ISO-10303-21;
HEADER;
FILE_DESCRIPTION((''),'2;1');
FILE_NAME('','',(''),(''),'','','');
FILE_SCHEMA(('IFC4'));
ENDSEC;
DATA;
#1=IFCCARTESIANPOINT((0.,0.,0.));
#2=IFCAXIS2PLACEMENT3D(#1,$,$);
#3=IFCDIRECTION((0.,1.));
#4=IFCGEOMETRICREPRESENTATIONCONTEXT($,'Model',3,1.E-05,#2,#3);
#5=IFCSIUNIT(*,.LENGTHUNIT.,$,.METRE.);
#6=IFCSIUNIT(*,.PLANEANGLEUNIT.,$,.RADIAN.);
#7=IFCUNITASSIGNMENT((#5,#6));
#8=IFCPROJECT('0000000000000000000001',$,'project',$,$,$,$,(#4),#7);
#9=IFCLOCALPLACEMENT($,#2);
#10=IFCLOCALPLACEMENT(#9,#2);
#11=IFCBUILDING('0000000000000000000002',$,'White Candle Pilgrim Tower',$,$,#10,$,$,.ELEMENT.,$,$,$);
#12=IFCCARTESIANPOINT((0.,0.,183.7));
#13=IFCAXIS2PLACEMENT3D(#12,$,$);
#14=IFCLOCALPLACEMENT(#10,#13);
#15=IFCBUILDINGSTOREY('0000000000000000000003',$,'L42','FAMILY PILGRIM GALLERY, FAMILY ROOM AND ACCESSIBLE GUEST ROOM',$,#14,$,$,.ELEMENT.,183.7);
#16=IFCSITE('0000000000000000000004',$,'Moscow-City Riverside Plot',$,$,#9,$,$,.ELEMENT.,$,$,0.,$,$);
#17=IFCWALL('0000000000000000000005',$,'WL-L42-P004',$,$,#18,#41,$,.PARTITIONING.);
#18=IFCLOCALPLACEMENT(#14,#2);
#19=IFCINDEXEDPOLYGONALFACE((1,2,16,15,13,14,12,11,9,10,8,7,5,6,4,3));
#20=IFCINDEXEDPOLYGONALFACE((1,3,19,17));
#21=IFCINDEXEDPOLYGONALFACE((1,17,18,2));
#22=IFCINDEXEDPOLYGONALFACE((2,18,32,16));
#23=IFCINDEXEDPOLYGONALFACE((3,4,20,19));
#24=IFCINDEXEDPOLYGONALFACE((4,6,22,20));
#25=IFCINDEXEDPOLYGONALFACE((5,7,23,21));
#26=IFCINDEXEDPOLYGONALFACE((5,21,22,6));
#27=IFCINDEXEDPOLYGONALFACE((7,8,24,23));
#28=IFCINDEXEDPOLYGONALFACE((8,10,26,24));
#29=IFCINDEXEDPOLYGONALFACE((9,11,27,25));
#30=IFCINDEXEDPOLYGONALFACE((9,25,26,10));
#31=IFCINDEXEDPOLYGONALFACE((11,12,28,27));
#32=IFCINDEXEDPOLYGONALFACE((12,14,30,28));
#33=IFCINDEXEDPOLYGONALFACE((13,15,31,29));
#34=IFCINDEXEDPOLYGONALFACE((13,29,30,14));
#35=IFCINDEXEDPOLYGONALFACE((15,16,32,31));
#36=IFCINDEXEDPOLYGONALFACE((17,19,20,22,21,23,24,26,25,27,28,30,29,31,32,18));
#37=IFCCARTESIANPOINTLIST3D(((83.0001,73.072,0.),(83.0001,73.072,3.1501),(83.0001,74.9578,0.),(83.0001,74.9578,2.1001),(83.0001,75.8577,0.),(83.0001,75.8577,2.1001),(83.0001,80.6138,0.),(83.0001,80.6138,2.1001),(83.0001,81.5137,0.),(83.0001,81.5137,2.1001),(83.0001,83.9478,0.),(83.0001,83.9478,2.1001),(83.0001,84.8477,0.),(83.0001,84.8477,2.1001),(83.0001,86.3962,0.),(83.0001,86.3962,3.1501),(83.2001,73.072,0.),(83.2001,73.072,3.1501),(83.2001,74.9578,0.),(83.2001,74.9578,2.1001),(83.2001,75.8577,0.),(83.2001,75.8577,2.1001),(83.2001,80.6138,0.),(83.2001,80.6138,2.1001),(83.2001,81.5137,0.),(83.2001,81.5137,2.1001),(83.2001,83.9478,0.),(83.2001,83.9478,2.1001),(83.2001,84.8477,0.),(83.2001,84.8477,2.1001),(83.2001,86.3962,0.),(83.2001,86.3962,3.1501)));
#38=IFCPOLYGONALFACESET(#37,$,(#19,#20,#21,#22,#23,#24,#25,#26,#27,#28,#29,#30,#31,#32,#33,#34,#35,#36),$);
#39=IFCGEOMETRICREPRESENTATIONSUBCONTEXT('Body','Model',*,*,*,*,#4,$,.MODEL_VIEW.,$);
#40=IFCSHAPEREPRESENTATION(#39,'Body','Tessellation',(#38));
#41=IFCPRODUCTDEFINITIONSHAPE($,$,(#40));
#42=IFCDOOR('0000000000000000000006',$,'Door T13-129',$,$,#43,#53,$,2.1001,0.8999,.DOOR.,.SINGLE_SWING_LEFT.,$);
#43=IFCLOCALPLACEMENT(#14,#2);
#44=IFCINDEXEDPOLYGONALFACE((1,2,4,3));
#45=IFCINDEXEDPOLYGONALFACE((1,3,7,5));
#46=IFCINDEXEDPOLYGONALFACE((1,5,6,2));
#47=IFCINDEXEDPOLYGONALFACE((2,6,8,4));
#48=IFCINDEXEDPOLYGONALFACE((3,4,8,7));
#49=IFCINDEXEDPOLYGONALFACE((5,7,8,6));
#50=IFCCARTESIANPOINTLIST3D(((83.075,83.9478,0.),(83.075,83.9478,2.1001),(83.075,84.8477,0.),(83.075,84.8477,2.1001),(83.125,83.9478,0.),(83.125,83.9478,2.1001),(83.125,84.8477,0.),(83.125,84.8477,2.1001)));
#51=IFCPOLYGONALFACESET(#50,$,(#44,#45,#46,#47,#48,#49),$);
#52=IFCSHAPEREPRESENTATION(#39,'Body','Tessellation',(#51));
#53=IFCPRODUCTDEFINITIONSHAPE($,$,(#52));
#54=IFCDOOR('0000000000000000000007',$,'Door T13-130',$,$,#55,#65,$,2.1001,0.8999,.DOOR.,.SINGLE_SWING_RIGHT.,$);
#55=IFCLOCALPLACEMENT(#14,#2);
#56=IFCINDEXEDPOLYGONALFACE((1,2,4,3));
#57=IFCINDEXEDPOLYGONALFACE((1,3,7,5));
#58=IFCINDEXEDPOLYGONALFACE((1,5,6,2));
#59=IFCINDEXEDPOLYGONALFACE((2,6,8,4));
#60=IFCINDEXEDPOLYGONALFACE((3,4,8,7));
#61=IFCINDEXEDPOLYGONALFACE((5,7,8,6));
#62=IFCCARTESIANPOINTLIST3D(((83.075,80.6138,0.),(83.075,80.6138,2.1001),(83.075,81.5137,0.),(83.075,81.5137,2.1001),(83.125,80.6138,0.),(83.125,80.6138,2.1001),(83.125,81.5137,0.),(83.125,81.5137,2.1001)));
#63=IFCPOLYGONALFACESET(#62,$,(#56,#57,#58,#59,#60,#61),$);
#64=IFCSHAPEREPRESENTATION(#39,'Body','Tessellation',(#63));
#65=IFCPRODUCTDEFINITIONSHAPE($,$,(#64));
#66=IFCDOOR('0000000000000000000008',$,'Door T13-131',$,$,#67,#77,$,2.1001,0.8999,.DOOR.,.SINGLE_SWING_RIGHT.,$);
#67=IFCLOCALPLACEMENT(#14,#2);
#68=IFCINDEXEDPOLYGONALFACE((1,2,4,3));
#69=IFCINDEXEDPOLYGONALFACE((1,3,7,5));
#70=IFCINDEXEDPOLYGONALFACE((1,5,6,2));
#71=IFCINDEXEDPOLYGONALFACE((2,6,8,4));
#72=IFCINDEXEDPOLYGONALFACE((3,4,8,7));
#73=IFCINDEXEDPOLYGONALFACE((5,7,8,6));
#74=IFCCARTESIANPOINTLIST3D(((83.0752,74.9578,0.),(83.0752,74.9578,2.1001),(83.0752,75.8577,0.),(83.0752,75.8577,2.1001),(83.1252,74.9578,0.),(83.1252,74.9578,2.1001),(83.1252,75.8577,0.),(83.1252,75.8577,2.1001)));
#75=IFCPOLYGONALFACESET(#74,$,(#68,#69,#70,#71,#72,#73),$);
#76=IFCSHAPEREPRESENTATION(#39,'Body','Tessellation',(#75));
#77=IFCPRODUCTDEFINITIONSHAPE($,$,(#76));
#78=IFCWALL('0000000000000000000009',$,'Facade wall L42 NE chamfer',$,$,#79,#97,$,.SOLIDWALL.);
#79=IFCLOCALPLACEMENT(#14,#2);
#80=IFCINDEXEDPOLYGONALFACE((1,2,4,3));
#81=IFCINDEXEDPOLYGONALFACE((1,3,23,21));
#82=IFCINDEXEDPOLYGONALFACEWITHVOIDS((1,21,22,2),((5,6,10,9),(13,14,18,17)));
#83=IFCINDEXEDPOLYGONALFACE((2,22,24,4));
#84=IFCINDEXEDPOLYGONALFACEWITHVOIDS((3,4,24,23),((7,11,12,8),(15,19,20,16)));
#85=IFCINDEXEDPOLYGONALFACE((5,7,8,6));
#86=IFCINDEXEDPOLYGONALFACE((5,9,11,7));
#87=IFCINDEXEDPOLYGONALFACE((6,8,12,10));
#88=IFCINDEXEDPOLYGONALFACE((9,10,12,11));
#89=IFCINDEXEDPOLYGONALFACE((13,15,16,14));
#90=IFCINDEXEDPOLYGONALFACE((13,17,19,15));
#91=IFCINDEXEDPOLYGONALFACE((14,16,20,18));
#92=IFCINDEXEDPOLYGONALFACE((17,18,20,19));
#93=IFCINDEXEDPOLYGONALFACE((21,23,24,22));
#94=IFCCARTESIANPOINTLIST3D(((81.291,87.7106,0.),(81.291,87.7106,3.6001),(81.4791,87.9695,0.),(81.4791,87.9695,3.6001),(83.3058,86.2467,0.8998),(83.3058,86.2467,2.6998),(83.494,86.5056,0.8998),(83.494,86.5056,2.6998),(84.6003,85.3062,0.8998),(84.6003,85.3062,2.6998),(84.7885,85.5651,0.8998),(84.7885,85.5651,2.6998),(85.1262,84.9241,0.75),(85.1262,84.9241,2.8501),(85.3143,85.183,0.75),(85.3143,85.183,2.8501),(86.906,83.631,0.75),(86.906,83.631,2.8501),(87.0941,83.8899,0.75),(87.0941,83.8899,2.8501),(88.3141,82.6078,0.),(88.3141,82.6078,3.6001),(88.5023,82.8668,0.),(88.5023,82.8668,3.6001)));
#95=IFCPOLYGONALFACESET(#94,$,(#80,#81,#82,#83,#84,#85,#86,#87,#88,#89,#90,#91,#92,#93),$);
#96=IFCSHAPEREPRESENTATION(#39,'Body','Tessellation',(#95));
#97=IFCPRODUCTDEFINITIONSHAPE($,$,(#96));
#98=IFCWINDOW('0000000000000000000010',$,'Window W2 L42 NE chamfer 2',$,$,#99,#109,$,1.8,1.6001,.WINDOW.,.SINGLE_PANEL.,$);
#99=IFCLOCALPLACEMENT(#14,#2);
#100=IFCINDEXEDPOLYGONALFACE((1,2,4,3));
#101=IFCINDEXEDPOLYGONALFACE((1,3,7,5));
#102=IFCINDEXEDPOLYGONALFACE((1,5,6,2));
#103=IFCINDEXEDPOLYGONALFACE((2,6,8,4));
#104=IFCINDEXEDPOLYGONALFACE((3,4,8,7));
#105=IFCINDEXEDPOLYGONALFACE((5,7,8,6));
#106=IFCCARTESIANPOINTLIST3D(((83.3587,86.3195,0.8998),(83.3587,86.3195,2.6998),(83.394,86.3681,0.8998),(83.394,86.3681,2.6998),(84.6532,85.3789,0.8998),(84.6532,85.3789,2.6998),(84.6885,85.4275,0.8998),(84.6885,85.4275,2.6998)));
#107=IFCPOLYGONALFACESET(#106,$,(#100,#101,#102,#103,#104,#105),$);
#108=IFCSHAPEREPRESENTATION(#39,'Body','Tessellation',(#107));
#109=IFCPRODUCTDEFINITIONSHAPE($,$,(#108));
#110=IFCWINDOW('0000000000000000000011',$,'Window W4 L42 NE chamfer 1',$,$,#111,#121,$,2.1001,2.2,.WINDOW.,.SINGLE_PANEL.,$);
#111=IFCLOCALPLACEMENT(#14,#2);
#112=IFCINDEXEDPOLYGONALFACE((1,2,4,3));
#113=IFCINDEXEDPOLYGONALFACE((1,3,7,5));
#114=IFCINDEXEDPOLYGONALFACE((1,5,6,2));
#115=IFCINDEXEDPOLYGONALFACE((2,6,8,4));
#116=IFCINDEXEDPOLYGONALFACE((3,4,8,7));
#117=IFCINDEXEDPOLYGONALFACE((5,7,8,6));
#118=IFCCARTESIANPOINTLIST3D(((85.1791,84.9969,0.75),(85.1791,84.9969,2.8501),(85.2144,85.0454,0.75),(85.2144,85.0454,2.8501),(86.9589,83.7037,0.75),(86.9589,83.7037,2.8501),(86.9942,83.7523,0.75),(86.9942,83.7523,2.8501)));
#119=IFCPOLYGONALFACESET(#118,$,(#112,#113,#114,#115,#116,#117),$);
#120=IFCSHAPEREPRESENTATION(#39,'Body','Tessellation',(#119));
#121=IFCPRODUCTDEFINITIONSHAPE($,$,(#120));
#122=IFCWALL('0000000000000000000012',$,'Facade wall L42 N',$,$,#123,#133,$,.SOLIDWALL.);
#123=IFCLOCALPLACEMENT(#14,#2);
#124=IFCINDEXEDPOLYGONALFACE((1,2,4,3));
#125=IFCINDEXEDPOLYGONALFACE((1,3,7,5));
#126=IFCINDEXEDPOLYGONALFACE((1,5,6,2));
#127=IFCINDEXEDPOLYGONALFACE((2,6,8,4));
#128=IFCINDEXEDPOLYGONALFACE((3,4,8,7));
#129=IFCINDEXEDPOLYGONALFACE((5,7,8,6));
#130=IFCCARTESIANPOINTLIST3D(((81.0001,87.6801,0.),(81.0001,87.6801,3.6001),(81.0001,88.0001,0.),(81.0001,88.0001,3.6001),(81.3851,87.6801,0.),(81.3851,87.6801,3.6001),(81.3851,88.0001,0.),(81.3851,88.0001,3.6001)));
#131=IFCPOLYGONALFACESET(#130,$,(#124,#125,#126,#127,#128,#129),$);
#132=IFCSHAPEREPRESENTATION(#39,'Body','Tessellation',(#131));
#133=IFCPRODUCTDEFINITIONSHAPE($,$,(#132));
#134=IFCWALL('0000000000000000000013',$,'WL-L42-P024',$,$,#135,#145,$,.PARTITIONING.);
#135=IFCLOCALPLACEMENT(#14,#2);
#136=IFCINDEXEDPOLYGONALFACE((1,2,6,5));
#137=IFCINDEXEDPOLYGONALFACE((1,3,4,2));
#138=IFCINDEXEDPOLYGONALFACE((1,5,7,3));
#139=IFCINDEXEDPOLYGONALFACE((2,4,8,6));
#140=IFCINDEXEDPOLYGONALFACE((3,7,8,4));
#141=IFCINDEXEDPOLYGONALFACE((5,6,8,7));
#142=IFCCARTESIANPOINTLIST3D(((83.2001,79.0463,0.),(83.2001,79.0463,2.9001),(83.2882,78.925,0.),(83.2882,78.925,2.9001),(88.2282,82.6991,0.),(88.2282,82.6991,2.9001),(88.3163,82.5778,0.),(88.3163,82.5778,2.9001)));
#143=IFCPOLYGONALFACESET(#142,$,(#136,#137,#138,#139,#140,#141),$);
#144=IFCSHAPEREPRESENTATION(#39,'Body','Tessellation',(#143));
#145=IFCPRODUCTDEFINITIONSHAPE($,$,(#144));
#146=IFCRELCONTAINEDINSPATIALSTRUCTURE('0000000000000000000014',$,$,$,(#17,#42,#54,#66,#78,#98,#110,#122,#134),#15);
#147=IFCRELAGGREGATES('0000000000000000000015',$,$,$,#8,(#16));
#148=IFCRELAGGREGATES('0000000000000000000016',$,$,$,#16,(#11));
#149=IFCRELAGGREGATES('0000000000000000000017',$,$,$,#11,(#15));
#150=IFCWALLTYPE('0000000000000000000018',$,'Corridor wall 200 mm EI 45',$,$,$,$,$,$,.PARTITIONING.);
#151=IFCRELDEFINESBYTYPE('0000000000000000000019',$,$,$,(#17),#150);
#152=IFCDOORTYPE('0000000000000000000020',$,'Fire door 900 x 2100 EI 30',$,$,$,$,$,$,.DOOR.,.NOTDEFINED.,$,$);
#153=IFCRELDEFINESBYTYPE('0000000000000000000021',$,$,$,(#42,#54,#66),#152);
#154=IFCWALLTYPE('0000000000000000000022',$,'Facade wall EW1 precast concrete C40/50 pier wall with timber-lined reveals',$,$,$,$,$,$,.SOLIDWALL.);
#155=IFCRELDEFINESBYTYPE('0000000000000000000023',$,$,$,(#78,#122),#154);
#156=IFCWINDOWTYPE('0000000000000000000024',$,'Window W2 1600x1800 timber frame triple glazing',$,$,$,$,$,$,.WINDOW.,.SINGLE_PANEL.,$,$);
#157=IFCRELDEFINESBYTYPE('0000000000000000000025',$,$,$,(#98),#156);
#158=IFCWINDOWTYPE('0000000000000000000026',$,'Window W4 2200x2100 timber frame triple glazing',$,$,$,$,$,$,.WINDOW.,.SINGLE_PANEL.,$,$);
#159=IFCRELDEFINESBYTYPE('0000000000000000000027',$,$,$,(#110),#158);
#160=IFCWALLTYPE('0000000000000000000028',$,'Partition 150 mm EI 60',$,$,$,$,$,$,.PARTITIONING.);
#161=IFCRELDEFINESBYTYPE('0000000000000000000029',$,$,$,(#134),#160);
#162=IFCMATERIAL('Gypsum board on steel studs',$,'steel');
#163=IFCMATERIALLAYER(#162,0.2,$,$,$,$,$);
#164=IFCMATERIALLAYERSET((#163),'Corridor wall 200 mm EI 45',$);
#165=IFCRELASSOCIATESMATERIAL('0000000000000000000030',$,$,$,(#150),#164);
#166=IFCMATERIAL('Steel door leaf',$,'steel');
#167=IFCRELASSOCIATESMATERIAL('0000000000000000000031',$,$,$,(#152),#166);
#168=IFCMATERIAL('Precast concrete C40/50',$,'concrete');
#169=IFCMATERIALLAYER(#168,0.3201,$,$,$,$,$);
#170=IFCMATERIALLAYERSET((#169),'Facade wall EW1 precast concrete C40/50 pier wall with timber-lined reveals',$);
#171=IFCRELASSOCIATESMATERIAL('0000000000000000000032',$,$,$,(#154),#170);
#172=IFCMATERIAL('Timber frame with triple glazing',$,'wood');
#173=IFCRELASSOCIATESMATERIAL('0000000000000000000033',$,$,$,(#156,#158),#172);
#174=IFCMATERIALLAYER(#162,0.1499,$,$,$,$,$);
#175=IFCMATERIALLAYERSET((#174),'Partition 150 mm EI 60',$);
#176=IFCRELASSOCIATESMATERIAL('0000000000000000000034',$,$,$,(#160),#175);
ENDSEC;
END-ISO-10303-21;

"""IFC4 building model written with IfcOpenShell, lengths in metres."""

from ifc_helpers import new_model, si_unit, direction, frame, frame_2d, origin, place, context, subcontext, project, spatial, rectangle, extrude, material, layer, layer_set, type_object, element, fill, save


model = new_model("IFC4")

# Units and contexts
model_context = context("Model", 3, precision=1e-05, world=origin(), true_north=direction((0.0, 1.0)))
body_context = subcontext(model_context, "Body", "Model", "MODEL_VIEW")
ifc_project = project(units=[si_unit("LENGTHUNIT", "METRE"), si_unit("PLANEANGLEUNIT", "RADIAN")], contexts=[model_context])

# Site, building, storey
site_placement = place(None, origin())
site = spatial("IfcSite", under=ifc_project, at=site_placement, Name="Moscow-City Riverside Plot", CompositionType="ELEMENT", RefElevation=0.0)
building_placement = place(site_placement, origin())
building = spatial("IfcBuilding", under=site, at=building_placement, Name="White Candle Pilgrim Tower", CompositionType="ELEMENT")
storey_placement = place(building_placement, frame((0.0, 0.0, 183.7)))
storey = spatial("IfcBuildingStorey", under=building, at=storey_placement, Name="L42", Description="FAMILY PILGRIM GALLERY, FAMILY ROOM AND ACCESSIBLE GUEST ROOM", CompositionType="ELEMENT", Elevation=183.7)

# Shared definitions
ifc_material_1 = material(Name="Steel door leaf", Category="steel")

# Wall, openings, doors
ifc_material_2 = material(Name="Gypsum board on steel studs", Category="steel")
ifc_layer_1 = layer(ifc_material_2, 0.2)
ifc_layer_set_1 = layer_set([ifc_layer_1], Name="Corridor wall 200 mm EI 45")
wall_type_1 = type_object("IfcWallType", Name="Corridor wall 200 mm EI 45", PredefinedType="PARTITIONING", material=ifc_layer_set_1)
wall_1_placement = place(storey_placement, frame((83.1001, 86.3962, 0.0), z_axis=(0.0, 0.0, 1.0), x_axis=(0.0, -1.0, 0.0)))
wall_1 = element("IfcWall", 1, at=wall_1_placement, inside=storey, type_object=wall_type_1, Name="WL-L42-P004", PredefinedType="PARTITIONING", context=body_context, shape_type="SweptSolid", body=[
    extrude(rectangle(XDim=13.3242, YDim=0.2, at=frame_2d((6.6621, 0.0))), origin(), (0.0, 0.0, 1.0), 3.1501),
])
opening_1_placement = place(wall_1_placement, frame((1.5486, 0.0, 0.0)))
opening_1 = element("IfcOpeningElement", 2, at=opening_1_placement, cuts=wall_1, PredefinedType="OPENING", context=body_context, shape_type="SweptSolid", body=[
    extrude(rectangle(XDim=0.8999, YDim=2.1001, at=frame_2d((0.45, 1.05))), frame((0.0, 0.1099, 0.0), z_axis=(0.0, -1.0, 0.0), x_axis=(1.0, 0.0, 0.0)), (0.0, 0.0, 1.0), 0.22),
])
opening_2_placement = place(wall_1_placement, frame((4.8826, 0.0, 0.0)))
opening_2 = element("IfcOpeningElement", 3, at=opening_2_placement, cuts=wall_1, PredefinedType="OPENING", context=body_context, shape_type="SweptSolid", body=[
    extrude(rectangle(XDim=0.8999, YDim=2.1001, at=frame_2d((0.45, 1.05))), frame((0.0, 0.1099, 0.0), z_axis=(0.0, -1.0, 0.0), x_axis=(1.0, 0.0, 0.0)), (0.0, 0.0, 1.0), 0.22),
])
opening_3_placement = place(wall_1_placement, frame((10.5386, 0.0, 0.0)))
opening_3 = element("IfcOpeningElement", 4, at=opening_3_placement, cuts=wall_1, PredefinedType="OPENING", context=body_context, shape_type="SweptSolid", body=[
    extrude(rectangle(XDim=0.8999, YDim=2.1001, at=frame_2d((0.45, 1.05))), frame((0.0, 0.1099, 0.0), z_axis=(0.0, -1.0, 0.0), x_axis=(1.0, 0.0, 0.0)), (0.0, 0.0, 1.0), 0.22),
])
door_type_1 = type_object("IfcDoorType", Name="Fire door 900 x 2100 EI 30", OperationType="NOTDEFINED", PredefinedType="DOOR", material=ifc_material_1)
door_1_placement = place(opening_1_placement, origin())
door_1 = element("IfcDoor", 5, at=door_1_placement, inside=storey, type_object=door_type_1, Name="Door T13-129", OperationType="SINGLE_SWING_LEFT", OverallHeight=2.1001, OverallWidth=0.8999, PredefinedType="DOOR", context=body_context, shape_type="SweptSolid", body=[
    extrude(rectangle(XDim=0.8999, YDim=2.1001, at=frame_2d((0.45, 1.05))), frame((0.0, 0.0249, 0.0), z_axis=(0.0, -1.0, 0.0), x_axis=(1.0, 0.0, 0.0)), (0.0, 0.0, 1.0), 0.05),
])
fill(opening_1, door_1)
door_2_placement = place(opening_2_placement, origin())
door_2 = element("IfcDoor", 6, at=door_2_placement, inside=storey, type_object=door_type_1, Name="Door T13-130", OperationType="SINGLE_SWING_RIGHT", OverallHeight=2.1001, OverallWidth=0.8999, PredefinedType="DOOR", context=body_context, shape_type="SweptSolid", body=[
    extrude(rectangle(XDim=0.8999, YDim=2.1001, at=frame_2d((0.45, 1.05))), frame((0.0, 0.0249, 0.0), z_axis=(0.0, -1.0, 0.0), x_axis=(1.0, 0.0, 0.0)), (0.0, 0.0, 1.0), 0.05),
])
fill(opening_2, door_2)
door_3_placement = place(opening_3_placement, frame((0.8999, 0.0, 0.0), z_axis=(0.0, 0.0, 1.0), x_axis=(-1.0, 0.0, 0.0)))
door_3 = element("IfcDoor", 7, at=door_3_placement, inside=storey, type_object=door_type_1, Name="Door T13-131", OperationType="SINGLE_SWING_RIGHT", OverallHeight=2.1001, OverallWidth=0.8999, PredefinedType="DOOR", context=body_context, shape_type="SweptSolid", body=[
    extrude(rectangle(XDim=0.8999, YDim=2.1001, at=frame_2d((0.45, 1.05))), frame((0.0, 0.0249, 0.0), z_axis=(0.0, -1.0, 0.0), x_axis=(1.0, 0.0, 0.0)), (0.0, 0.0, 1.0), 0.05),
])
fill(opening_3, door_3)

# Wall, openings, windows
ifc_material_3 = material(Name="Precast concrete C40/50", Category="concrete")
ifc_layer_2 = layer(ifc_material_3, 0.3201)
ifc_layer_set_2 = layer_set([ifc_layer_2], Name="Facade wall EW1 precast concrete C40/50 pier wall with timber-lined reveals")
wall_type_2 = type_object("IfcWallType", Name="Facade wall EW1 precast concrete C40/50 pier wall with timber-lined reveals", PredefinedType="SOLIDWALL", material=ifc_layer_set_2)
wall_2_placement = place(storey_placement, frame((88.4082, 82.7373, 0.0), z_axis=(0.0, 0.0, 1.0), x_axis=(-0.80901, 0.587795, 0.0)))
wall_2 = element("IfcWall", 8, at=wall_2_placement, inside=storey, type_object=wall_type_2, Name="Facade wall L42 NE chamfer", PredefinedType="SOLIDWALL", context=body_context, shape_type="SweptSolid", body=[
    extrude(rectangle(XDim=8.6812, YDim=0.3201, at=frame_2d((4.3406, 0.0))), origin(), (0.0, 0.0, 1.0), 3.6001),
])
opening_4_placement = place(wall_2_placement, frame((1.7405, 0.0, 0.75)))
opening_4 = element("IfcOpeningElement", 9, at=opening_4_placement, cuts=wall_2, PredefinedType="OPENING", context=body_context, shape_type="SweptSolid", body=[
    extrude(rectangle(XDim=2.2, YDim=2.1001, at=frame_2d((1.1001, 1.05))), frame((0.0, 0.1699, 0.0), z_axis=(0.0, -1.0, 0.0), x_axis=(1.0, 0.0, 0.0)), (0.0, 0.0, 1.0), 0.3401),
])
opening_5_placement = place(wall_2_placement, frame((4.5906, 0.0, 0.8999)))
opening_5 = element("IfcOpeningElement", 10, at=opening_5_placement, cuts=wall_2, PredefinedType="OPENING", context=body_context, shape_type="SweptSolid", body=[
    extrude(rectangle(XDim=1.6001, YDim=1.8, at=frame_2d((0.8, 0.8999))), frame((0.0, 0.1699, 0.0), z_axis=(0.0, -1.0, 0.0), x_axis=(1.0, 0.0, 0.0)), (0.0, 0.0, 1.0), 0.3401),
])
ifc_material_4 = material(Name="Timber frame with triple glazing", Category="wood")
window_type_1 = type_object("IfcWindowType", Name="Window W2 1600x1800 timber frame triple glazing", PartitioningType="SINGLE_PANEL", PredefinedType="WINDOW", material=ifc_material_4)
window_1_placement = place(opening_5_placement, origin())
window_1 = element("IfcWindow", 11, at=window_1_placement, inside=storey, type_object=window_type_1, Name="Window W2 L42 NE chamfer 2", OverallHeight=1.8, OverallWidth=1.6001, PartitioningType="SINGLE_PANEL", PredefinedType="WINDOW", context=body_context, shape_type="SweptSolid", body=[
    extrude(rectangle(XDim=1.6001, YDim=1.8, at=frame_2d((0.8, 0.8999))), frame((0.0, 0.0701, 0.0), z_axis=(0.0, -1.0, 0.0), x_axis=(1.0, 0.0, 0.0)), (0.0, 0.0, 1.0), 0.0601),
])
fill(opening_5, window_1)
window_type_2 = type_object("IfcWindowType", Name="Window W4 2200x2100 timber frame triple glazing", PartitioningType="SINGLE_PANEL", PredefinedType="WINDOW", material=ifc_material_4)
window_2_placement = place(opening_4_placement, origin())
window_2 = element("IfcWindow", 12, at=window_2_placement, inside=storey, type_object=window_type_2, Name="Window W4 L42 NE chamfer 1", OverallHeight=2.1001, OverallWidth=2.2, PartitioningType="SINGLE_PANEL", PredefinedType="WINDOW", context=body_context, shape_type="SweptSolid", body=[
    extrude(rectangle(XDim=2.2, YDim=2.1001, at=frame_2d((1.1001, 1.05))), frame((0.0, 0.0701, 0.0), z_axis=(0.0, -1.0, 0.0), x_axis=(1.0, 0.0, 0.0)), (0.0, 0.0, 1.0), 0.0601),
])
fill(opening_4, window_2)

# Walls
wall_3_placement = place(storey_placement, frame((81.385, 87.8401, 0.0), z_axis=(0.0, 0.0, 1.0), x_axis=(-1.0, 0.0, 0.0)))
element("IfcWall", 13, at=wall_3_placement, inside=storey, type_object=wall_type_2, Name="Facade wall L42 N", PredefinedType="SOLIDWALL", context=body_context, shape_type="SweptSolid", body=[
    extrude(rectangle(XDim=0.385, YDim=0.3201, at=frame_2d((0.1924, 0.0))), origin(), (0.0, 0.0, 1.0), 3.6001),
])
ifc_layer_3 = layer(ifc_material_2, 0.1499)
ifc_layer_set_3 = layer_set([ifc_layer_3], Name="Partition 150 mm EI 60")
wall_type_3 = type_object("IfcWallType", Name="Partition 150 mm EI 60", PredefinedType="PARTITIONING", material=ifc_layer_set_3)
wall_4_placement = place(storey_placement, frame((88.2722, 82.6384, 0.0), z_axis=(0.0, 0.0, 1.0), x_axis=(-0.809038, -0.587756, 0.0)))
element("IfcWall", 14, at=wall_4_placement, inside=storey, type_object=wall_type_3, Name="WL-L42-P024", PredefinedType="PARTITIONING", context=body_context, shape_type="SweptSolid", body=[
    extrude(rectangle(XDim=6.2148, YDim=0.1499, at=frame_2d((3.1074, 0.0))), origin(), (0.0, 0.0, 1.0), 2.9001),
])

save(model, "model.ifc")
